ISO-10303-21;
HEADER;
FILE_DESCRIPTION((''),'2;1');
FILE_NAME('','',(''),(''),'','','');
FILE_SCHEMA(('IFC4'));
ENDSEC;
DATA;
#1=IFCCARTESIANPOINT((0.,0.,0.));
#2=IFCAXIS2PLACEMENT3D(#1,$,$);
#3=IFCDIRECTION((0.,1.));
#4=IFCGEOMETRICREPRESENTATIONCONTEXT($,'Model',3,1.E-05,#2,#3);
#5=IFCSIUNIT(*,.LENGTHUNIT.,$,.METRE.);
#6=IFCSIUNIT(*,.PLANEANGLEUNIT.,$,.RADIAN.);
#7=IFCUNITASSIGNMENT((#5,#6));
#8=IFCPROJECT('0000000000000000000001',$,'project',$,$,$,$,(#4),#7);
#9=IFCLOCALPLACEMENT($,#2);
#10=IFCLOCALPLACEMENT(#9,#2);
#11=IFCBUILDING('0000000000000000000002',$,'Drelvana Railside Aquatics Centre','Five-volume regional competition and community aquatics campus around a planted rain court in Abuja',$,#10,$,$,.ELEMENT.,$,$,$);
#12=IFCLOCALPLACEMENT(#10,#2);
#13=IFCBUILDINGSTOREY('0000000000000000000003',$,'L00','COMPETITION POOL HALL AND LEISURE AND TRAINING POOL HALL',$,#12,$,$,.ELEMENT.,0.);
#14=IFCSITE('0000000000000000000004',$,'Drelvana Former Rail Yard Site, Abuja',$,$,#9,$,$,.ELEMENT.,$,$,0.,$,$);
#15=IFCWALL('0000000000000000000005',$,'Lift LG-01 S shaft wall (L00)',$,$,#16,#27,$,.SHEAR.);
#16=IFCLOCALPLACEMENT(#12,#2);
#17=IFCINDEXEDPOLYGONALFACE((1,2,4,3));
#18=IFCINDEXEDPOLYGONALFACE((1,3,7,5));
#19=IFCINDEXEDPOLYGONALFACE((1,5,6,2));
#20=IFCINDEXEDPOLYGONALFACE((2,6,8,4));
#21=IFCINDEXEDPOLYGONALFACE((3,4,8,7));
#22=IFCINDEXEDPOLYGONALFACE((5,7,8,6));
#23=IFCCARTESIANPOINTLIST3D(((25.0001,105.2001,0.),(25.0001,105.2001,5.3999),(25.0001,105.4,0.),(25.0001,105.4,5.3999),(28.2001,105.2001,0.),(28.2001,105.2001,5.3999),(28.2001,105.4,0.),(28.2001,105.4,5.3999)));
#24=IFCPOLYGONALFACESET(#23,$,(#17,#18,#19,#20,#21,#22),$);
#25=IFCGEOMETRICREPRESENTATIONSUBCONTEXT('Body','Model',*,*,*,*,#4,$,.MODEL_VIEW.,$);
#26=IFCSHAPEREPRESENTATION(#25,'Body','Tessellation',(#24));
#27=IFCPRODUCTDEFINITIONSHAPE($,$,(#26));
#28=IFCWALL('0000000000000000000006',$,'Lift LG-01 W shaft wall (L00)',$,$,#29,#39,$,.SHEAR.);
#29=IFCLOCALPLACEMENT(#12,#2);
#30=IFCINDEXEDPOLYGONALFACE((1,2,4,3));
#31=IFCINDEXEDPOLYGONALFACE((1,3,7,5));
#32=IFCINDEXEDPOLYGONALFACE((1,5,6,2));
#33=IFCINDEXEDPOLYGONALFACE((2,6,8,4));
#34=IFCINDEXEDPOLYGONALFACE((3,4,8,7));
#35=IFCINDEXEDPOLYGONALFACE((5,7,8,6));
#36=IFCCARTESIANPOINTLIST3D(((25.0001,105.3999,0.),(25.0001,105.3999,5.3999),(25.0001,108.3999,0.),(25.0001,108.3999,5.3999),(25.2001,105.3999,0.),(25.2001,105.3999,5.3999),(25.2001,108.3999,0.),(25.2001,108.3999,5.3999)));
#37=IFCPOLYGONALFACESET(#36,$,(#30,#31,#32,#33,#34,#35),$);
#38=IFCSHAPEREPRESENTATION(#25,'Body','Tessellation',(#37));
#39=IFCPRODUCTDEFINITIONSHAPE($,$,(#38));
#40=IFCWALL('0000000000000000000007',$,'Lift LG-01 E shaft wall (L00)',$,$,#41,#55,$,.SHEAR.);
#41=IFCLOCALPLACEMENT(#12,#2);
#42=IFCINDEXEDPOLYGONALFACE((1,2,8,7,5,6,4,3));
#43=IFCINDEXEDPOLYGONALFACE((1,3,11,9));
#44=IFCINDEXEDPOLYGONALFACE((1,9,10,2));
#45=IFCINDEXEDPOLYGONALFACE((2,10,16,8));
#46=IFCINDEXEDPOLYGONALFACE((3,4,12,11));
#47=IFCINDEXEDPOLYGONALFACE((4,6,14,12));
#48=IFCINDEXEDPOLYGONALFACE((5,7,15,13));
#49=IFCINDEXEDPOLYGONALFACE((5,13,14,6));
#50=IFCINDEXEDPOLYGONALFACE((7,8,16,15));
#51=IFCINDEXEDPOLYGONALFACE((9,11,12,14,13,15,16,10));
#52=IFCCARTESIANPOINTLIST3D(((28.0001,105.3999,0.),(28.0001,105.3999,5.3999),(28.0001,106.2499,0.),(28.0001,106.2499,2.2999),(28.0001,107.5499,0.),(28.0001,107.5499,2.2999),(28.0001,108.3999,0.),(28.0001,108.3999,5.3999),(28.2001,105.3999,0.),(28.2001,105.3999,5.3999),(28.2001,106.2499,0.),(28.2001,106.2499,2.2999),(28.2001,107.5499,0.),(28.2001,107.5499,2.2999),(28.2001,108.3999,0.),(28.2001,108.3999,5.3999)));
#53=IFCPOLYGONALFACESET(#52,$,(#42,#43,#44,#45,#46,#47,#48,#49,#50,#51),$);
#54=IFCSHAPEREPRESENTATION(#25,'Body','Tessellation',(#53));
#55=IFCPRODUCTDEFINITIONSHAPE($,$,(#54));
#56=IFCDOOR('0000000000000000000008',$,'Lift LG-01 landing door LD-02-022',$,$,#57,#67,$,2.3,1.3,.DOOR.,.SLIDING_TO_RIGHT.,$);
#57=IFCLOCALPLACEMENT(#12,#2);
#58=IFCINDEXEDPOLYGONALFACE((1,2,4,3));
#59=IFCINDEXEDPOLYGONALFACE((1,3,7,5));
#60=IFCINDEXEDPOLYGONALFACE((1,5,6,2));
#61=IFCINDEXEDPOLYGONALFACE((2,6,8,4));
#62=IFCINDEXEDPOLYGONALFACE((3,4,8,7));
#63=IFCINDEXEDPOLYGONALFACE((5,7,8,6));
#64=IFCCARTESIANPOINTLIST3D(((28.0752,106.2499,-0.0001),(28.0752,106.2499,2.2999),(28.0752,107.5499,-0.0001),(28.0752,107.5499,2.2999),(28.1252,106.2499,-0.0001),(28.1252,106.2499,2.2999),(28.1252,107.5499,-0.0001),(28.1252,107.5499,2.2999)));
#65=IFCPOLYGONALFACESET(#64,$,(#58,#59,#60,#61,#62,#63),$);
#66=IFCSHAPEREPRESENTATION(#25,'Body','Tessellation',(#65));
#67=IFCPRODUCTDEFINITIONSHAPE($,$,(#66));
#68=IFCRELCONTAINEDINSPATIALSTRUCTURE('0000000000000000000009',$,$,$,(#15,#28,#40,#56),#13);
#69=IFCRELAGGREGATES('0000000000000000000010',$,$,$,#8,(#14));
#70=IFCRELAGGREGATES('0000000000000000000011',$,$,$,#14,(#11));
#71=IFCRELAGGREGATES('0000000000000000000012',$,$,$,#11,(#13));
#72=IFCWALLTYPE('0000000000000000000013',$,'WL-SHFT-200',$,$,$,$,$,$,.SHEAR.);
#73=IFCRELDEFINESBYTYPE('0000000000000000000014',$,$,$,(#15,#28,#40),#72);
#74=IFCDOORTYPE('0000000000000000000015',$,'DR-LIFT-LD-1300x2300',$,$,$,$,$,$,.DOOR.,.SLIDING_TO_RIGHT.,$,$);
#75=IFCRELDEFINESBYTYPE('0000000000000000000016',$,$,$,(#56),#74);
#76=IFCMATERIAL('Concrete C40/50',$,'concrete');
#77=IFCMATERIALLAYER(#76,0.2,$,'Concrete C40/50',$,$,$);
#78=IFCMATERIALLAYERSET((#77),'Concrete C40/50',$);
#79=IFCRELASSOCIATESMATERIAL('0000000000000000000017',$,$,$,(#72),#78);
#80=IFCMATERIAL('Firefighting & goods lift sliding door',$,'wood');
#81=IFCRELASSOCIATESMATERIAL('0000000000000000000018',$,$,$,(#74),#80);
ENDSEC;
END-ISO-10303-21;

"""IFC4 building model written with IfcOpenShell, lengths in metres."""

from ifc_helpers import new_model, si_unit, direction, frame, frame_2d, origin, place, context, subcontext, project, spatial, rectangle, extrude, material, layer, layer_set, type_object, element, fill, save


model = new_model("IFC4")

# Units and contexts
model_context = context("Model", 3, precision=1e-05, world=origin(), true_north=direction((0.0, 1.0)))
body_context = subcontext(model_context, "Body", "Model", "MODEL_VIEW")
ifc_project = project(units=[si_unit("LENGTHUNIT", "METRE"), si_unit("PLANEANGLEUNIT", "RADIAN")], contexts=[model_context])

# Site, building, storey
site_placement = place(None, origin())
site = spatial("IfcSite", under=ifc_project, at=site_placement, Name="Drelvana Former Rail Yard Site, Abuja", CompositionType="ELEMENT", RefElevation=0.0)
building_placement = place(site_placement, origin())
building = spatial("IfcBuilding", under=site, at=building_placement, Name="Drelvana Railside Aquatics Centre", Description="Five-volume regional competition and community aquatics campus around a planted rain court in Abuja", CompositionType="ELEMENT")
storey_placement = place(building_placement, origin())
storey = spatial("IfcBuildingStorey", under=building, at=storey_placement, Name="L00", Description="COMPETITION POOL HALL AND LEISURE AND TRAINING POOL HALL", CompositionType="ELEMENT", Elevation=0.0)

# Walls
ifc_material_1 = material(Name="Concrete C40/50", Category="concrete")
ifc_layer_1 = layer(ifc_material_1, 0.2, Name="Concrete C40/50")
ifc_layer_set_1 = layer_set([ifc_layer_1], Name="Concrete C40/50")
wall_type_1 = type_object("IfcWallType", Name="WL-SHFT-200", PredefinedType="SHEAR", material=ifc_layer_set_1)
wall_1_placement = place(storey_placement, frame((25.0, 105.3, 0.0), z_axis=(0.0, 0.0, 1.0), x_axis=(1.0, 0.0, 0.0)))
element("IfcWall", 1, at=wall_1_placement, inside=storey, type_object=wall_type_1, Name="Lift LG-01 S shaft wall (L00)", PredefinedType="SHEAR", context=body_context, shape_type="SweptSolid", body=[
    extrude(rectangle(XDim=3.2, YDim=0.2, at=frame_2d((1.6001, 0.0))), origin(), (0.0, 0.0, 1.0), 5.3999),
])
wall_2_placement = place(storey_placement, frame((25.1001, 105.3999, 0.0), z_axis=(0.0, 0.0, 1.0), x_axis=(0.0, 1.0, 0.0)))
element("IfcWall", 2, at=wall_2_placement, inside=storey, type_object=wall_type_1, Name="Lift LG-01 W shaft wall (L00)", PredefinedType="SHEAR", context=body_context, shape_type="SweptSolid", body=[
    extrude(rectangle(XDim=3.0, YDim=0.2, at=frame_2d((1.5, 0.0))), origin(), (0.0, 0.0, 1.0), 5.3999),
])

# Wall, opening, door
wall_3_placement = place(storey_placement, frame((28.1001, 105.3999, 0.0), z_axis=(0.0, 0.0, 1.0), x_axis=(0.0, 1.0, 0.0)))
wall_3 = element("IfcWall", 3, at=wall_3_placement, inside=storey, type_object=wall_type_1, Name="Lift LG-01 E shaft wall (L00)", PredefinedType="SHEAR", context=body_context, shape_type="SweptSolid", body=[
    extrude(rectangle(XDim=3.0, YDim=0.2, at=frame_2d((1.5, 0.0))), origin(), (0.0, 0.0, 1.0), 5.3999),
])
opening_placement = place(wall_3_placement, frame((0.8501, 0.0, 0.0)))
opening = element("IfcOpeningElement", 4, at=opening_placement, cuts=wall_3, PredefinedType="OPENING", context=body_context, shape_type="SweptSolid", body=[
    extrude(rectangle(XDim=1.3, YDim=2.3, at=frame_2d((0.6499, 1.1499))), frame((0.0, 0.1099, 0.0), z_axis=(0.0, -1.0, 0.0), x_axis=(1.0, 0.0, 0.0)), (0.0, 0.0, 1.0), 0.22),
])
ifc_material_2 = material(Name="Firefighting & goods lift sliding door", Category="wood")
door_type = type_object("IfcDoorType", Name="DR-LIFT-LD-1300x2300", OperationType="SLIDING_TO_RIGHT", PredefinedType="DOOR", material=ifc_material_2)
door_placement = place(opening_placement, origin())
door = element("IfcDoor", 5, at=door_placement, inside=storey, type_object=door_type, Name="Lift LG-01 landing door LD-02-022", OperationType="SLIDING_TO_RIGHT", OverallHeight=2.3, OverallWidth=1.3, PredefinedType="DOOR", context=body_context, shape_type="SweptSolid", body=[
    extrude(rectangle(XDim=1.3, YDim=2.3, at=frame_2d((0.6499, 1.1499))), frame((0.0, 0.0249, 0.0), z_axis=(0.0, -1.0, 0.0), x_axis=(1.0, 0.0, 0.0)), (0.0, 0.0, 1.0), 0.05),
])
fill(opening, door)

save(model, "model.ifc")
